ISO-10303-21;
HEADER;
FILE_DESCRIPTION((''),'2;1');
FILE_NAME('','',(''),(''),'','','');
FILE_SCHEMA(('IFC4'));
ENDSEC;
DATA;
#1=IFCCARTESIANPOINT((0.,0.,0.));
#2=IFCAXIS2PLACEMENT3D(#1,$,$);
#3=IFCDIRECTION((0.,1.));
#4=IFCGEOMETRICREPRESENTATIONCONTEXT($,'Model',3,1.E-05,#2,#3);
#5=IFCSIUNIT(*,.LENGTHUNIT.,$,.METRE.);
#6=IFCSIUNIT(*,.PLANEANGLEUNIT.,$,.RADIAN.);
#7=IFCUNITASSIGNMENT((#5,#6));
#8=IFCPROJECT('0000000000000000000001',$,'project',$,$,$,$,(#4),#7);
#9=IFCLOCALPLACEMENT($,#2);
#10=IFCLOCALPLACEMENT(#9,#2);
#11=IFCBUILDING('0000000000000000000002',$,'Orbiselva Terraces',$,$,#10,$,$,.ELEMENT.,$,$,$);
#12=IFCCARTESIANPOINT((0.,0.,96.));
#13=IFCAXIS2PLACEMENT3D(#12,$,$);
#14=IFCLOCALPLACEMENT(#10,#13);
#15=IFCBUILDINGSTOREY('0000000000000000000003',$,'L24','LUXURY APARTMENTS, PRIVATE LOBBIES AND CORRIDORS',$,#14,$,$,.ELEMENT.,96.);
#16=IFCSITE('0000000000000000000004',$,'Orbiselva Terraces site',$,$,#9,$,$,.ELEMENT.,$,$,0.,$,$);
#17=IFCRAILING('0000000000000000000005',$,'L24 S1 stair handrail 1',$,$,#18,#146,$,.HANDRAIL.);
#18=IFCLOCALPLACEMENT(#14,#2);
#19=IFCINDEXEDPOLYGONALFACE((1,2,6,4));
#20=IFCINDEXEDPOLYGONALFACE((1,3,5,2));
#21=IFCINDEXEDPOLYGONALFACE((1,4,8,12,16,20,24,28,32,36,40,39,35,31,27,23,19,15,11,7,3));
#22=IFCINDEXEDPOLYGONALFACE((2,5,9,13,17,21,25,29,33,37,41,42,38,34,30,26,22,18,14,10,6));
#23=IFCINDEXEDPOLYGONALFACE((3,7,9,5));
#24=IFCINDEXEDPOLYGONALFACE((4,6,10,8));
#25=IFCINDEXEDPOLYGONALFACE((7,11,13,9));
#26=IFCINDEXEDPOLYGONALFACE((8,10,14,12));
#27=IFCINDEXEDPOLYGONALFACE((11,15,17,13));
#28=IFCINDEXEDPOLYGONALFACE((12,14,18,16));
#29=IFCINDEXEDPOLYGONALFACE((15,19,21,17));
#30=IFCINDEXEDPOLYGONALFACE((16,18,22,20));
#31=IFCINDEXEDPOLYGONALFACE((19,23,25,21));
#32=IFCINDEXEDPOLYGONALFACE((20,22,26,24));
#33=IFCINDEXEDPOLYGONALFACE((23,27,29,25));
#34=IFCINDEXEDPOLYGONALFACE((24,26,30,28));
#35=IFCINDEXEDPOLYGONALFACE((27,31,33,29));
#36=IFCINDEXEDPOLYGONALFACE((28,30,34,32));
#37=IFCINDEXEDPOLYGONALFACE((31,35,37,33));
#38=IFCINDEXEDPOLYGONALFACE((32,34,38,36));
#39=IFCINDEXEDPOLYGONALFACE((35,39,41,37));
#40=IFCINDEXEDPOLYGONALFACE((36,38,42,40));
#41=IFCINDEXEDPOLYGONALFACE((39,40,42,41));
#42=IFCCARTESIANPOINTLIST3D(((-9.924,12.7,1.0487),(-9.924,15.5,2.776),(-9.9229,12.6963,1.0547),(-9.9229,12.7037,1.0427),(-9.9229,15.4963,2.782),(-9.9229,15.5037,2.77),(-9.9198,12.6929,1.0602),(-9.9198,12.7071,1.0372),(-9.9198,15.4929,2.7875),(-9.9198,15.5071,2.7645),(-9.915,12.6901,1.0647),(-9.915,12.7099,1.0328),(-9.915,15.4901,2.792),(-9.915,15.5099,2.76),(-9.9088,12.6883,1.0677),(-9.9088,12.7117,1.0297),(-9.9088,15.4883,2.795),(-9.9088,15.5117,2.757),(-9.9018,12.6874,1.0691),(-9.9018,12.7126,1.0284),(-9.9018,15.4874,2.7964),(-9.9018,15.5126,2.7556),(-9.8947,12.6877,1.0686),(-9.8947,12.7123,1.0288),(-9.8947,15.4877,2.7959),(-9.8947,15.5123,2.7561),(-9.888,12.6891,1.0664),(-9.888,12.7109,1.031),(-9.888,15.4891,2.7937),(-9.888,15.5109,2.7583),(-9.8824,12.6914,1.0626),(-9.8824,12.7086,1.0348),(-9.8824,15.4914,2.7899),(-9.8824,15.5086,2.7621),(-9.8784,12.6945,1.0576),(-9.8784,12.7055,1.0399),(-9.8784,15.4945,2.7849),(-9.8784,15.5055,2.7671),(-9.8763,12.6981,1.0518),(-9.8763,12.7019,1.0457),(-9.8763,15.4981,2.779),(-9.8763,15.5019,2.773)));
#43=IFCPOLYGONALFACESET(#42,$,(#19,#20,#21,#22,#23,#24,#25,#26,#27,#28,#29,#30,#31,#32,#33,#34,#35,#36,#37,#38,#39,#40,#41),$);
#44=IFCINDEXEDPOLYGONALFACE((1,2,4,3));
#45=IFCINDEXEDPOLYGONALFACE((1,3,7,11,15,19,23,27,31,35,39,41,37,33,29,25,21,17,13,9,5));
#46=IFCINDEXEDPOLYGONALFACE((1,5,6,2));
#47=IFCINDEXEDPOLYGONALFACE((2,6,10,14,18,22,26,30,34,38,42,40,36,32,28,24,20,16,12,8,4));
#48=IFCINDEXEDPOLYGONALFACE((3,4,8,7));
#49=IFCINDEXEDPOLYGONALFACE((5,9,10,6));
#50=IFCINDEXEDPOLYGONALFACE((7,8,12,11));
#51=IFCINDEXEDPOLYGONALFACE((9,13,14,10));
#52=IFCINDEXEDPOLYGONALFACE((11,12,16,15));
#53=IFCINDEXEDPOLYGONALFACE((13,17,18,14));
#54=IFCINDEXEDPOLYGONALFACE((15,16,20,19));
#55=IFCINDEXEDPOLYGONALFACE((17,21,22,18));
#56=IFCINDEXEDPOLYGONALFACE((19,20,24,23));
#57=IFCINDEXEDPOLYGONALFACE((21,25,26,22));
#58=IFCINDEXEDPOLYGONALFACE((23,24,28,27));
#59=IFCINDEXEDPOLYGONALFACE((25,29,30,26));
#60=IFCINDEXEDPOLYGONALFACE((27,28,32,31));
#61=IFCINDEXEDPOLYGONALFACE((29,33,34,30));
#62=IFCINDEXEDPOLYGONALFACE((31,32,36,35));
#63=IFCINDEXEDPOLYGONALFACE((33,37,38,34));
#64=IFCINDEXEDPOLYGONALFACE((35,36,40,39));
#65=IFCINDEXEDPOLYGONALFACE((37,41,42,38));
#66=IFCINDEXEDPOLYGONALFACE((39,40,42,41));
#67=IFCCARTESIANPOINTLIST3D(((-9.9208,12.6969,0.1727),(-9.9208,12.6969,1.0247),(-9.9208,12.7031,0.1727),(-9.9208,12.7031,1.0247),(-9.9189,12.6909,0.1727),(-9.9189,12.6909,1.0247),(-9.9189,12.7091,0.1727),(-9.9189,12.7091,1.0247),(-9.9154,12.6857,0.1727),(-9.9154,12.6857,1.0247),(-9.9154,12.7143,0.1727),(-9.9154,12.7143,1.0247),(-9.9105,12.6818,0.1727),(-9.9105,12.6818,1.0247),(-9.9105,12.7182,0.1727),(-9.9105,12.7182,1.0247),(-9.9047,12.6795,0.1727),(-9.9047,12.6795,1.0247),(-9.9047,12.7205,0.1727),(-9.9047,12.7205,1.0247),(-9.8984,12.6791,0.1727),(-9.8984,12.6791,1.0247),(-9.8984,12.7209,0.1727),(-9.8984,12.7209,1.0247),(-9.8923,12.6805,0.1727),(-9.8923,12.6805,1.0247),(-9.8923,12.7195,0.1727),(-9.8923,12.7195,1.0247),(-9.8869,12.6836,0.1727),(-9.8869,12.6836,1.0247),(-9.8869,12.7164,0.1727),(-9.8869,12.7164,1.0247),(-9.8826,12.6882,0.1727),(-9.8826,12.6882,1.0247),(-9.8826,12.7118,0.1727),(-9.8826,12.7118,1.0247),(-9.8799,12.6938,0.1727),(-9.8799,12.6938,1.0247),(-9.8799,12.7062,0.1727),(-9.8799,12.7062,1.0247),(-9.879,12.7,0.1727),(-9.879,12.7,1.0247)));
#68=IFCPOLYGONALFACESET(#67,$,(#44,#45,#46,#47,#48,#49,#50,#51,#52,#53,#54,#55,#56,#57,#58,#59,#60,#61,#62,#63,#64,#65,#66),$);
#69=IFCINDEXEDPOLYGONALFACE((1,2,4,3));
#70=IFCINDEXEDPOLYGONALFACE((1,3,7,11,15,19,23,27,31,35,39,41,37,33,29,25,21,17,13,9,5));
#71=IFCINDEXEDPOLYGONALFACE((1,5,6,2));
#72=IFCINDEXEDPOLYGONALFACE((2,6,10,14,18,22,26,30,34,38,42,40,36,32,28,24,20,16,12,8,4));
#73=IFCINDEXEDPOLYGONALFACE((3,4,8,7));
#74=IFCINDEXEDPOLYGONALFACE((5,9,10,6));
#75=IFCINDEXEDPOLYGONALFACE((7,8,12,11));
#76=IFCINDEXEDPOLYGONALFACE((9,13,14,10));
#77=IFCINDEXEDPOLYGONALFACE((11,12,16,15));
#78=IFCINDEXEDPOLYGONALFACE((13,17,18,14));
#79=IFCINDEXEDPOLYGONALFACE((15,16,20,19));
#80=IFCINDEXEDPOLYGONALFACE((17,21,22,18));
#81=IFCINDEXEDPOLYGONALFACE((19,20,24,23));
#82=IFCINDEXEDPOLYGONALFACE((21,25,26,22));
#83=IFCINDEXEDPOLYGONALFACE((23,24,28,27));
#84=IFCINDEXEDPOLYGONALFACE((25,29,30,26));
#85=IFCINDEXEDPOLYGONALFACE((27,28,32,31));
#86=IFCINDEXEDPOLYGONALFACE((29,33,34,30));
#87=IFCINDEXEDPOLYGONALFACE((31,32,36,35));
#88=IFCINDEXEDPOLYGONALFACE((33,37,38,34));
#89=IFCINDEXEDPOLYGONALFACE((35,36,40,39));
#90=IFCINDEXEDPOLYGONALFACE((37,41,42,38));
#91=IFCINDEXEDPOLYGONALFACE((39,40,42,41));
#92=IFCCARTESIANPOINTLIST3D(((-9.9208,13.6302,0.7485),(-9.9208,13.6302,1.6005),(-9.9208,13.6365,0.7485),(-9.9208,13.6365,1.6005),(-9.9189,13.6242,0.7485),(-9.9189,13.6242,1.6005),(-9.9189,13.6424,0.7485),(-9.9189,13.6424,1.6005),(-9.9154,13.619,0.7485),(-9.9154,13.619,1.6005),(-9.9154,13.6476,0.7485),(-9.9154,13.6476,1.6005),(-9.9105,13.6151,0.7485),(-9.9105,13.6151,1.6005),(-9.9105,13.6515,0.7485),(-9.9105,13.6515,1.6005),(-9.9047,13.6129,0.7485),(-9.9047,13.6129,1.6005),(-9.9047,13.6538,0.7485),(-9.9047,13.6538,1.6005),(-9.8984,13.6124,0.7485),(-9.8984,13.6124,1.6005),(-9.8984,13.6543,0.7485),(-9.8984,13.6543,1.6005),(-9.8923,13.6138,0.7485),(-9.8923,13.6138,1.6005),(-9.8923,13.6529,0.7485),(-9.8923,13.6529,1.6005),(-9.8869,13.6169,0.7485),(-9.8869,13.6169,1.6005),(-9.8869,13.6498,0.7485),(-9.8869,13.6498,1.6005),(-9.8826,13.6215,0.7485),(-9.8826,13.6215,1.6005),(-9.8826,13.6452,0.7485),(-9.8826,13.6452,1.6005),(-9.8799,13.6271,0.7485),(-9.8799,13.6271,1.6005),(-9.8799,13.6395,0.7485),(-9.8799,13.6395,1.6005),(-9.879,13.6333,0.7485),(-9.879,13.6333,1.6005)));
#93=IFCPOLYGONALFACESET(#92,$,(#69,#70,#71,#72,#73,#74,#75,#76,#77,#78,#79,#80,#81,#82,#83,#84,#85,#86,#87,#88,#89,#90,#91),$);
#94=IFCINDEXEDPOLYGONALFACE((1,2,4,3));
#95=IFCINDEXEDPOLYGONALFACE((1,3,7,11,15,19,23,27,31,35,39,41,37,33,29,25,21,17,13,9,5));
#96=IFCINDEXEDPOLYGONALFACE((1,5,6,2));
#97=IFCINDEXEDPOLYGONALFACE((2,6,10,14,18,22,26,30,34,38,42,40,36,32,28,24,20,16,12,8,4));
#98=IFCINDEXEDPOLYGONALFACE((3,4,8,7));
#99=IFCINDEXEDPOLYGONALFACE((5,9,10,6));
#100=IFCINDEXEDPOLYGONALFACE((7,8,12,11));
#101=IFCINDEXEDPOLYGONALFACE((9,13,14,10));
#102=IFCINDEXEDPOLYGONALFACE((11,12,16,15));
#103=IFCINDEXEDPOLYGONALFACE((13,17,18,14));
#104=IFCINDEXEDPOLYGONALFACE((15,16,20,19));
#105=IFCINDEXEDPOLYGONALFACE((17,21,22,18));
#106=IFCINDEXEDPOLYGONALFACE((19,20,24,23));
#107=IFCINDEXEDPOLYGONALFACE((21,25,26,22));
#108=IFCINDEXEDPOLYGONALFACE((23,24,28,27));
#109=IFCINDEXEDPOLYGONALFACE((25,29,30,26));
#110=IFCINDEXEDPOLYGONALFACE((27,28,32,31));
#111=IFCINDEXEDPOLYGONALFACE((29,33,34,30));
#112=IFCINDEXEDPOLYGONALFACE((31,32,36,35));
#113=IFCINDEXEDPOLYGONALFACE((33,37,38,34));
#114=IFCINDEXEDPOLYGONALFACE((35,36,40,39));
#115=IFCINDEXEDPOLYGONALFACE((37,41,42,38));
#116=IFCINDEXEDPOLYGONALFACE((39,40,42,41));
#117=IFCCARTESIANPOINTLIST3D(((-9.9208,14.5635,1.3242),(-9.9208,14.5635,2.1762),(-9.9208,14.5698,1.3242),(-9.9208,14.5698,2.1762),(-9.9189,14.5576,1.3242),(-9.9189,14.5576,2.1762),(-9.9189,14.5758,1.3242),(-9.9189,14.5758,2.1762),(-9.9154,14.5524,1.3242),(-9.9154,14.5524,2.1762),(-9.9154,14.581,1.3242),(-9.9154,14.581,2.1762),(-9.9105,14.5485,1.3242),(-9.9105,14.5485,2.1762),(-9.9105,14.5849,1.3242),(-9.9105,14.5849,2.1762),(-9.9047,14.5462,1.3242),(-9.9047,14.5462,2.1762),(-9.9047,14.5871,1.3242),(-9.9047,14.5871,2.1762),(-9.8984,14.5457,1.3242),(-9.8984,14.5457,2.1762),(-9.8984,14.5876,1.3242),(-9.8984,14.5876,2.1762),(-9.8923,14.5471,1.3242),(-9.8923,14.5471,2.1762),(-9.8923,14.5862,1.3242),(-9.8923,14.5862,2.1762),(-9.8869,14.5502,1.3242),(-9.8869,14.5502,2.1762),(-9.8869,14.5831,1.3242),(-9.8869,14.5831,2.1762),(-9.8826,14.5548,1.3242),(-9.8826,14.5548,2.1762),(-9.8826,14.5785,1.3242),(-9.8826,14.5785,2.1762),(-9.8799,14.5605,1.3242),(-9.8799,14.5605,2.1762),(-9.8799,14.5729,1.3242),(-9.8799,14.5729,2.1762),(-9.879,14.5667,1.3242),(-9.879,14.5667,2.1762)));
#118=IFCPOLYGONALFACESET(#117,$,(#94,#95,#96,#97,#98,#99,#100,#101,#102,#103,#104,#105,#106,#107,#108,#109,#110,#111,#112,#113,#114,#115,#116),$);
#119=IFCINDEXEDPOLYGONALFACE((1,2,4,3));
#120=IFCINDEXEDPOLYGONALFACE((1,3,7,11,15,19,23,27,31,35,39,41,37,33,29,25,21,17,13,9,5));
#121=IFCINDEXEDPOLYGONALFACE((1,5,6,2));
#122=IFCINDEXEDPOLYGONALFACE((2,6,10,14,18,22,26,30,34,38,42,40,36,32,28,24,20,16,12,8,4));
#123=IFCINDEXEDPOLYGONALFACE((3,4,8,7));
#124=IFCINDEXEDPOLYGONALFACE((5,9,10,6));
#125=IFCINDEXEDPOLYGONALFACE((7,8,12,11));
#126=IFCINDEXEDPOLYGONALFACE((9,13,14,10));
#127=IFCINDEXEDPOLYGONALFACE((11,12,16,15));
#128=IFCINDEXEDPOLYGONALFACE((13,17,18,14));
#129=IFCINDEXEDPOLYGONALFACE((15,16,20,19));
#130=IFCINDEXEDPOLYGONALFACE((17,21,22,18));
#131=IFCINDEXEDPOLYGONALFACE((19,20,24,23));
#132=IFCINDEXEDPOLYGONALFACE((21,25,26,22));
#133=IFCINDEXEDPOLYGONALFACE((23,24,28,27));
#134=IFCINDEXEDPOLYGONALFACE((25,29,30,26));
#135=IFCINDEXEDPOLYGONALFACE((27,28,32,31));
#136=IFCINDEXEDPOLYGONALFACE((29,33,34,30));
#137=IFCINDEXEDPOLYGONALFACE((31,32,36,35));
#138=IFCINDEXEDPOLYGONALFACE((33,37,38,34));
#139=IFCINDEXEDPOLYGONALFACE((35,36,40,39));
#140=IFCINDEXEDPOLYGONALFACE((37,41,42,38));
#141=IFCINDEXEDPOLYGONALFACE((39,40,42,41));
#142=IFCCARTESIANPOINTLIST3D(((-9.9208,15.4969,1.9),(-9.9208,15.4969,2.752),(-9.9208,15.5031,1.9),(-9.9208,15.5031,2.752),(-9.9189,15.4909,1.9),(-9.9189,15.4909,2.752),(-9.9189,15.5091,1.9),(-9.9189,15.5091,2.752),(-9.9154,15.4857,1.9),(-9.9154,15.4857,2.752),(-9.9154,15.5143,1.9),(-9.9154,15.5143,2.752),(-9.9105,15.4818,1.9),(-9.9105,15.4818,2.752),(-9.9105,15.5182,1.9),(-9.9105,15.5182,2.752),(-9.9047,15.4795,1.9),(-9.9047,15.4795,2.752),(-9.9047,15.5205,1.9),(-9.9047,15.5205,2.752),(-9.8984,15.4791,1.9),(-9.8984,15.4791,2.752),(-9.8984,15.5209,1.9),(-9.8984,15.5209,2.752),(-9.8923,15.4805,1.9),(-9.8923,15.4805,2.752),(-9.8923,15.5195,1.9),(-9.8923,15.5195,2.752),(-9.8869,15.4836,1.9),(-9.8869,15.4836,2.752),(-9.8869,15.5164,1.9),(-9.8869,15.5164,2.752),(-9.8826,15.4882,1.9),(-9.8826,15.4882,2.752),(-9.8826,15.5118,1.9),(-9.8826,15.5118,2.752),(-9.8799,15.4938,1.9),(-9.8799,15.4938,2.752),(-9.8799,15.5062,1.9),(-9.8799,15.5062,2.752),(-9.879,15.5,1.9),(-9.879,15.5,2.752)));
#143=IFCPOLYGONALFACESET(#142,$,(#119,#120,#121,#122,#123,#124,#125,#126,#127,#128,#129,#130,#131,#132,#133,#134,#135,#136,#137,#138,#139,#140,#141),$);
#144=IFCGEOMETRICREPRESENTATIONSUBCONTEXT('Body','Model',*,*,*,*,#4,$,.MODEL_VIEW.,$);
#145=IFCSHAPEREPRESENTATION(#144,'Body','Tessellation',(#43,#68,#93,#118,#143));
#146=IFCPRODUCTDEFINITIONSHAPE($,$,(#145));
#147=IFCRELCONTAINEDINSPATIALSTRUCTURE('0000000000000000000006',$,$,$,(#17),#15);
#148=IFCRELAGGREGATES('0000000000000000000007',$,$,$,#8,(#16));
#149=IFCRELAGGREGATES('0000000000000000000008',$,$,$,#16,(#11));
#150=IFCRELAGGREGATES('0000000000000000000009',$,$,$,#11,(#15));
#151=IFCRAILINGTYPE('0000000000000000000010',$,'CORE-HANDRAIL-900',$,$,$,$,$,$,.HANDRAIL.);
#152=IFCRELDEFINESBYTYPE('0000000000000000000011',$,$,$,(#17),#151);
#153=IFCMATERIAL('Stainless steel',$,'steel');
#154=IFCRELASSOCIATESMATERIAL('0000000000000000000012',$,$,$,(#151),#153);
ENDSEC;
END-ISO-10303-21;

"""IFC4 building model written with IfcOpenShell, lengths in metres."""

from ifc_helpers import new_model, si_unit, direction, frame, origin, origin_2d, place, context, subcontext, project, spatial, circle, extrude, material, type_object, element, save


model = new_model("IFC4")

# Units and contexts
model_context = context("Model", 3, precision=1e-05, world=origin(), true_north=direction((0.0, 1.0)))
body_context = subcontext(model_context, "Body", "Model", "MODEL_VIEW")
ifc_project = project(units=[si_unit("LENGTHUNIT", "METRE"), si_unit("PLANEANGLEUNIT", "RADIAN")], contexts=[model_context])

# Site, building, storey
site_placement = place(None, origin())
site = spatial("IfcSite", under=ifc_project, at=site_placement, Name="Orbiselva Terraces site", CompositionType="ELEMENT", RefElevation=0.0)
building_placement = place(site_placement, origin())
building = spatial("IfcBuilding", under=site, at=building_placement, Name="Orbiselva Terraces", CompositionType="ELEMENT")
storey_placement = place(building_placement, frame((0.0, 0.0, 96.0)))
storey = spatial("IfcBuildingStorey", under=building, at=storey_placement, Name="L24", Description="LUXURY APARTMENTS, PRIVATE LOBBIES AND CORRIDORS", CompositionType="ELEMENT", Elevation=96.0)

# Railing
ifc_material_1 = material(Name="Stainless steel", Category="steel")
railing_type = type_object("IfcRailingType", Name="CORE-HANDRAIL-900", PredefinedType="HANDRAIL", material=ifc_material_1)
railing_placement = place(storey_placement, frame((-9.9, 12.7, 0.1727)))
element("IfcRailing", 1, at=railing_placement, inside=storey, type_object=railing_type, Name="L24 S1 stair handrail 1", PredefinedType="HANDRAIL", context=body_context, shape_type="SweptSolid", body=[
    extrude(circle(Radius=0.024, at=origin_2d()), frame((0.0, 0.0, 0.876), z_axis=(0.0, 0.851089, 0.525022), x_axis=(-1.0, 0.0, 0.0)), (0.0, 0.0, 1.0), 3.2899),
    extrude(circle(Radius=0.021, at=origin_2d()), origin(), (0.0, 0.0, 1.0), 0.852),
    extrude(circle(Radius=0.021, at=origin_2d()), frame((0.0, 0.9333, 0.5758)), (0.0, 0.0, 1.0), 0.852),
    extrude(circle(Radius=0.021, at=origin_2d()), frame((0.0, 1.8667, 1.1515)), (0.0, 0.0, 1.0), 0.852),
    extrude(circle(Radius=0.021, at=origin_2d()), frame((0.0, 2.8, 1.7273)), (0.0, 0.0, 1.0), 0.852),
])

save(model, "model.ifc")
